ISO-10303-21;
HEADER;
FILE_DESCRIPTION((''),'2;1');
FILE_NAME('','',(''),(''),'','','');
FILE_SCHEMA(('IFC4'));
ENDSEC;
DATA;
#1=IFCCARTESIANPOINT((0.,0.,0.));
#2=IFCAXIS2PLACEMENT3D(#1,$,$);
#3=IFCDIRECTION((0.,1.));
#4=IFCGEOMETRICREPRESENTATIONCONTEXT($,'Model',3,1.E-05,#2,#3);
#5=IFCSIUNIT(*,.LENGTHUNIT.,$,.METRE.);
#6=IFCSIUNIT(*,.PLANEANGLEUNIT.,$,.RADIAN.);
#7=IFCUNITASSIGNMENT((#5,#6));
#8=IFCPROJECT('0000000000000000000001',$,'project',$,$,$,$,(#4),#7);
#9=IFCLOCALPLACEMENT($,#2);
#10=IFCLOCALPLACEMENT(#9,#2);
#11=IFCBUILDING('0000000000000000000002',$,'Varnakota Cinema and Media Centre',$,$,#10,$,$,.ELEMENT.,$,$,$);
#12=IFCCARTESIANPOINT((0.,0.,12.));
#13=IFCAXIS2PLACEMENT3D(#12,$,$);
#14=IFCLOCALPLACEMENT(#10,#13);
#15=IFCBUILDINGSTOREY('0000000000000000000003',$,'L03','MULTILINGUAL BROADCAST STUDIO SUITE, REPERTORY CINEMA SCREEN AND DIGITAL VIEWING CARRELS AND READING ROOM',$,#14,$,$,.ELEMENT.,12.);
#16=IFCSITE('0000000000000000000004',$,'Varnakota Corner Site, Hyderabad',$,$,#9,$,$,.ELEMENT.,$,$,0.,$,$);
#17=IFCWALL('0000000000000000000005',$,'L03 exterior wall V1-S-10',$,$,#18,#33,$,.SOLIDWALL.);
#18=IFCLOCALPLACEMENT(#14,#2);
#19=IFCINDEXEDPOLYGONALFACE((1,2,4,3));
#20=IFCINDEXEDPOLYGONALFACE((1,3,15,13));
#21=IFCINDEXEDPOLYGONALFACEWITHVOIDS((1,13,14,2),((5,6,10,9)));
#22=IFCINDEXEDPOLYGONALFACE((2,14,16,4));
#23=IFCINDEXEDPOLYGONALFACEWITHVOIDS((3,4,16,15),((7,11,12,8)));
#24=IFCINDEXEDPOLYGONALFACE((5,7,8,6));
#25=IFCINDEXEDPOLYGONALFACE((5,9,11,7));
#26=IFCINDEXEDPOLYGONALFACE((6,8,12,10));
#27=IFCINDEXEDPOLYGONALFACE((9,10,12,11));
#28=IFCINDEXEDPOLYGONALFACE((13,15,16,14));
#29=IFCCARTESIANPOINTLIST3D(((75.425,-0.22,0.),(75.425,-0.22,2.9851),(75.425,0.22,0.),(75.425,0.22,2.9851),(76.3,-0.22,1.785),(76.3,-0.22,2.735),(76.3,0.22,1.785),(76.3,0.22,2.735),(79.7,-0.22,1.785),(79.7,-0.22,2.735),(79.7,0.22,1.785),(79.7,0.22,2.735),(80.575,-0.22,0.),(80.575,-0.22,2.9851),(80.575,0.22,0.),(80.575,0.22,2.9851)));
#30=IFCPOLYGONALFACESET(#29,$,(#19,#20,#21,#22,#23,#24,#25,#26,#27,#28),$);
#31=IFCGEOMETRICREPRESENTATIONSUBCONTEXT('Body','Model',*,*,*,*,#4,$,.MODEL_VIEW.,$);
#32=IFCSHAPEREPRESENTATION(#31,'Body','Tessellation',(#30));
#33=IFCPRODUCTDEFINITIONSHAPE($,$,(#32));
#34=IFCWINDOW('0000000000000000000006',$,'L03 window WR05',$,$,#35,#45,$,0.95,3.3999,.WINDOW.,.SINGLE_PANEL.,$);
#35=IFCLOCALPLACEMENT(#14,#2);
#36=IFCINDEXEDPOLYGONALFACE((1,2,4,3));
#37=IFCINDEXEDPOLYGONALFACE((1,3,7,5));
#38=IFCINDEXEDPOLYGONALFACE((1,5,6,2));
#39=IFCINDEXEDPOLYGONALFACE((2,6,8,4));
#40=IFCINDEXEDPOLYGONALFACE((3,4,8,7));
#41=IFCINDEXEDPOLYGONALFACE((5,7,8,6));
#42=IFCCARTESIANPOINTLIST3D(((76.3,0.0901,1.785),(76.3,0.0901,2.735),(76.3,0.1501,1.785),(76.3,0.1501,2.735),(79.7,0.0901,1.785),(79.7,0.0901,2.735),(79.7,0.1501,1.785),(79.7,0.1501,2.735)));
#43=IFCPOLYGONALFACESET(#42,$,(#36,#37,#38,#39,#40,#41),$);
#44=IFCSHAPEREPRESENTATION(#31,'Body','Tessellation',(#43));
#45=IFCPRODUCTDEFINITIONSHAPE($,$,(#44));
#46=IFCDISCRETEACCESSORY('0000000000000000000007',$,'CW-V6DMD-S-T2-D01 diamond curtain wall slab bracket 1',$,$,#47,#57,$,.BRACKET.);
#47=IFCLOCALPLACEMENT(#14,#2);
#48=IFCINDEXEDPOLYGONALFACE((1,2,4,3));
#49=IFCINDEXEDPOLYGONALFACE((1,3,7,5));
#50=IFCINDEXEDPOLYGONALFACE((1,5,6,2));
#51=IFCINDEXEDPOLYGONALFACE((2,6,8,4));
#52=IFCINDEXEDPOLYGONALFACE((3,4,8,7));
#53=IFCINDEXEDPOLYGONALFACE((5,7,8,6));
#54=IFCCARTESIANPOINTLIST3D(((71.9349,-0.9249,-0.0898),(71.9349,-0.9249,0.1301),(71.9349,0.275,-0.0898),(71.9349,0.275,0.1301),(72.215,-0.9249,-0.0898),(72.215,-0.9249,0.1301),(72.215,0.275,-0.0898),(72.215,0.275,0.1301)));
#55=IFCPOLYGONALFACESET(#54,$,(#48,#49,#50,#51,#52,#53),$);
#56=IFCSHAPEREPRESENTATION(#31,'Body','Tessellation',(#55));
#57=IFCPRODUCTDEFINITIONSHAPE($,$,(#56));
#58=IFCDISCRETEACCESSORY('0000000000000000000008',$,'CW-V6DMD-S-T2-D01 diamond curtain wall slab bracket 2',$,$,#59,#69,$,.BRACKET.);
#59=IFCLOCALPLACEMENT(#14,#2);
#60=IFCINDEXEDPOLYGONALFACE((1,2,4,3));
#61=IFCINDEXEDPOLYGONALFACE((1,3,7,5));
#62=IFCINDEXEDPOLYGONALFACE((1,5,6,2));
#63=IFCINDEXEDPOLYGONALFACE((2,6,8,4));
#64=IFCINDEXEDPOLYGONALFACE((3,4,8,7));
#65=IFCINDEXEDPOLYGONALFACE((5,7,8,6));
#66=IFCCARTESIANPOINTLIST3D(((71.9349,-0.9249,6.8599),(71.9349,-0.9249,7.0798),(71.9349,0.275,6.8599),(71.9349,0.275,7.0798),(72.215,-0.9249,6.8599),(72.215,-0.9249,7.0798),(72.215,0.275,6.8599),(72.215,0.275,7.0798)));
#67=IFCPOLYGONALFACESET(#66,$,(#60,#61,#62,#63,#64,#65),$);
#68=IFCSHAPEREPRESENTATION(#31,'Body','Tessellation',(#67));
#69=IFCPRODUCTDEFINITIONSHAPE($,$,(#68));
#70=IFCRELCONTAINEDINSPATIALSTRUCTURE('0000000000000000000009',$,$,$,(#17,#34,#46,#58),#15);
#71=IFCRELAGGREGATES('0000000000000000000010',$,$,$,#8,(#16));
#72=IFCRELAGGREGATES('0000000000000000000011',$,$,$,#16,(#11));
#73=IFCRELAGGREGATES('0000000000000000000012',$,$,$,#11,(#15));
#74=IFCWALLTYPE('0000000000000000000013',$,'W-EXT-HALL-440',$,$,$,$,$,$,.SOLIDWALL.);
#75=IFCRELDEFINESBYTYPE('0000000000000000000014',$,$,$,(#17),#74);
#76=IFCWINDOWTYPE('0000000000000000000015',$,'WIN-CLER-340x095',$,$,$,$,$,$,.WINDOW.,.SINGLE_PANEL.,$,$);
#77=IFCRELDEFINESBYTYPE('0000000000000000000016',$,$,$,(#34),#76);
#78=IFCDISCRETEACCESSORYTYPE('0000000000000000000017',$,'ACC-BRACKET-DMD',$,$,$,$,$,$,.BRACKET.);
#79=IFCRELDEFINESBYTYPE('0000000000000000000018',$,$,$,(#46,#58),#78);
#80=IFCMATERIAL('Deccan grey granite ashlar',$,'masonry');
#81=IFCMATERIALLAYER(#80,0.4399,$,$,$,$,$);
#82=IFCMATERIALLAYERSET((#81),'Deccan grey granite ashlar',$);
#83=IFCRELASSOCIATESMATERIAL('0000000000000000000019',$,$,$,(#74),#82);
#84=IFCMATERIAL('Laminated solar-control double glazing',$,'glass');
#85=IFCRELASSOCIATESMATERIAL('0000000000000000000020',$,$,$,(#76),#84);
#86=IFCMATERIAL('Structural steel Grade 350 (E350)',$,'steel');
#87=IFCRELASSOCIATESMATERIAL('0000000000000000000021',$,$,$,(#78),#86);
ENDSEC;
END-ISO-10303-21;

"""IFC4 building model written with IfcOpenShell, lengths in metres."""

from ifc_helpers import new_model, si_unit, direction, frame, frame_2d, origin, origin_2d, place, context, subcontext, project, spatial, rectangle, extrude, material, layer, layer_set, type_object, element, fill, save


model = new_model("IFC4")

# Units and contexts
model_context = context("Model", 3, precision=1e-05, world=origin(), true_north=direction((0.0, 1.0)))
body_context = subcontext(model_context, "Body", "Model", "MODEL_VIEW")
ifc_project = project(units=[si_unit("LENGTHUNIT", "METRE"), si_unit("PLANEANGLEUNIT", "RADIAN")], contexts=[model_context])

# Site, building, storey
site_placement = place(None, origin())
site = spatial("IfcSite", under=ifc_project, at=site_placement, Name="Varnakota Corner Site, Hyderabad", CompositionType="ELEMENT", RefElevation=0.0)
building_placement = place(site_placement, origin())
building = spatial("IfcBuilding", under=site, at=building_placement, Name="Varnakota Cinema and Media Centre", CompositionType="ELEMENT")
storey_placement = place(building_placement, frame((0.0, 0.0, 12.0)))
storey = spatial("IfcBuildingStorey", under=building, at=storey_placement, Name="L03", Description="MULTILINGUAL BROADCAST STUDIO SUITE, REPERTORY CINEMA SCREEN AND DIGITAL VIEWING CARRELS AND READING ROOM", CompositionType="ELEMENT", Elevation=12.0)

# Wall, opening, window
ifc_material_1 = material(Name="Deccan grey granite ashlar", Category="masonry")
ifc_layer_1 = layer(ifc_material_1, 0.4399)
ifc_layer_set_1 = layer_set([ifc_layer_1], Name="Deccan grey granite ashlar")
wall_type = type_object("IfcWallType", Name="W-EXT-HALL-440", PredefinedType="SOLIDWALL", material=ifc_layer_set_1)
wall_placement = place(storey_placement, frame((80.575, 0.0, 0.0), z_axis=(0.0, 0.0, 1.0), x_axis=(-1.0, 0.0, 0.0)))
wall = element("IfcWall", 1, at=wall_placement, inside=storey, type_object=wall_type, Name="L03 exterior wall V1-S-10", PredefinedType="SOLIDWALL", context=body_context, shape_type="SweptSolid", body=[
    extrude(rectangle(XDim=5.1499, YDim=0.4399, at=frame_2d((2.575, 0.0))), origin(), (0.0, 0.0, 1.0), 2.9851),
])
opening_placement = place(wall_placement, frame((0.875, 0.0, 1.7849)))
opening = element("IfcOpeningElement", 2, at=opening_placement, cuts=wall, PredefinedType="OPENING", context=body_context, shape_type="SweptSolid", body=[
    extrude(rectangle(XDim=3.3999, YDim=0.95, at=frame_2d((1.7, 0.4751))), frame((0.0, 0.22, 0.0), z_axis=(0.0, -1.0, 0.0), x_axis=(1.0, 0.0, 0.0)), (0.0, 0.0, 1.0), 0.4399),
])
ifc_material_2 = material(Name="Laminated solar-control double glazing", Category="glass")
window_type = type_object("IfcWindowType", Name="WIN-CLER-340x095", PartitioningType="SINGLE_PANEL", PredefinedType="WINDOW", material=ifc_material_2)
window_placement = place(opening_placement, origin())
window = element("IfcWindow", 3, at=window_placement, inside=storey, type_object=window_type, Name="L03 window WR05", OverallHeight=0.95, OverallWidth=3.3999, PartitioningType="SINGLE_PANEL", PredefinedType="WINDOW", context=body_context, shape_type="SweptSolid", body=[
    extrude(rectangle(XDim=3.3999, YDim=0.95, at=frame_2d((1.7, 0.4751))), frame((0.0, -0.0901, 0.0), z_axis=(0.0, -1.0, 0.0), x_axis=(1.0, 0.0, 0.0)), (0.0, 0.0, 1.0), 0.0601),
])
fill(opening, window)

# Discrete accessories
ifc_material_3 = material(Name="Structural steel Grade 350 (E350)", Category="steel")
discrete_accessory_type = type_object("IfcDiscreteAccessoryType", Name="ACC-BRACKET-DMD", PredefinedType="BRACKET", material=ifc_material_3)
for number, where, z_axis, x_axis, name in (
    (4, (72.075, -0.325, -0.0898), (0.0, 0.0, 1.0), (-1.0, 0.0, 0.0), "CW-V6DMD-S-T2-D01 diamond curtain wall slab bracket 1"),
    (5, (72.075, -0.325, 6.8599), (0.0, 0.0, 1.0), (-1.0, 0.0, 0.0), "CW-V6DMD-S-T2-D01 diamond curtain wall slab bracket 2"),
):
    element("IfcDiscreteAccessory", number, at=place(storey_placement, frame(where, z_axis=z_axis, x_axis=x_axis)), inside=storey, type_object=discrete_accessory_type, Name=name, PredefinedType="BRACKET", context=body_context, shape_type="SweptSolid", body=[
        extrude(rectangle(XDim=0.28, YDim=1.2, at=origin_2d()), origin(), (0.0, 0.0, 1.0), 0.22),
    ])

save(model, "model.ifc")
